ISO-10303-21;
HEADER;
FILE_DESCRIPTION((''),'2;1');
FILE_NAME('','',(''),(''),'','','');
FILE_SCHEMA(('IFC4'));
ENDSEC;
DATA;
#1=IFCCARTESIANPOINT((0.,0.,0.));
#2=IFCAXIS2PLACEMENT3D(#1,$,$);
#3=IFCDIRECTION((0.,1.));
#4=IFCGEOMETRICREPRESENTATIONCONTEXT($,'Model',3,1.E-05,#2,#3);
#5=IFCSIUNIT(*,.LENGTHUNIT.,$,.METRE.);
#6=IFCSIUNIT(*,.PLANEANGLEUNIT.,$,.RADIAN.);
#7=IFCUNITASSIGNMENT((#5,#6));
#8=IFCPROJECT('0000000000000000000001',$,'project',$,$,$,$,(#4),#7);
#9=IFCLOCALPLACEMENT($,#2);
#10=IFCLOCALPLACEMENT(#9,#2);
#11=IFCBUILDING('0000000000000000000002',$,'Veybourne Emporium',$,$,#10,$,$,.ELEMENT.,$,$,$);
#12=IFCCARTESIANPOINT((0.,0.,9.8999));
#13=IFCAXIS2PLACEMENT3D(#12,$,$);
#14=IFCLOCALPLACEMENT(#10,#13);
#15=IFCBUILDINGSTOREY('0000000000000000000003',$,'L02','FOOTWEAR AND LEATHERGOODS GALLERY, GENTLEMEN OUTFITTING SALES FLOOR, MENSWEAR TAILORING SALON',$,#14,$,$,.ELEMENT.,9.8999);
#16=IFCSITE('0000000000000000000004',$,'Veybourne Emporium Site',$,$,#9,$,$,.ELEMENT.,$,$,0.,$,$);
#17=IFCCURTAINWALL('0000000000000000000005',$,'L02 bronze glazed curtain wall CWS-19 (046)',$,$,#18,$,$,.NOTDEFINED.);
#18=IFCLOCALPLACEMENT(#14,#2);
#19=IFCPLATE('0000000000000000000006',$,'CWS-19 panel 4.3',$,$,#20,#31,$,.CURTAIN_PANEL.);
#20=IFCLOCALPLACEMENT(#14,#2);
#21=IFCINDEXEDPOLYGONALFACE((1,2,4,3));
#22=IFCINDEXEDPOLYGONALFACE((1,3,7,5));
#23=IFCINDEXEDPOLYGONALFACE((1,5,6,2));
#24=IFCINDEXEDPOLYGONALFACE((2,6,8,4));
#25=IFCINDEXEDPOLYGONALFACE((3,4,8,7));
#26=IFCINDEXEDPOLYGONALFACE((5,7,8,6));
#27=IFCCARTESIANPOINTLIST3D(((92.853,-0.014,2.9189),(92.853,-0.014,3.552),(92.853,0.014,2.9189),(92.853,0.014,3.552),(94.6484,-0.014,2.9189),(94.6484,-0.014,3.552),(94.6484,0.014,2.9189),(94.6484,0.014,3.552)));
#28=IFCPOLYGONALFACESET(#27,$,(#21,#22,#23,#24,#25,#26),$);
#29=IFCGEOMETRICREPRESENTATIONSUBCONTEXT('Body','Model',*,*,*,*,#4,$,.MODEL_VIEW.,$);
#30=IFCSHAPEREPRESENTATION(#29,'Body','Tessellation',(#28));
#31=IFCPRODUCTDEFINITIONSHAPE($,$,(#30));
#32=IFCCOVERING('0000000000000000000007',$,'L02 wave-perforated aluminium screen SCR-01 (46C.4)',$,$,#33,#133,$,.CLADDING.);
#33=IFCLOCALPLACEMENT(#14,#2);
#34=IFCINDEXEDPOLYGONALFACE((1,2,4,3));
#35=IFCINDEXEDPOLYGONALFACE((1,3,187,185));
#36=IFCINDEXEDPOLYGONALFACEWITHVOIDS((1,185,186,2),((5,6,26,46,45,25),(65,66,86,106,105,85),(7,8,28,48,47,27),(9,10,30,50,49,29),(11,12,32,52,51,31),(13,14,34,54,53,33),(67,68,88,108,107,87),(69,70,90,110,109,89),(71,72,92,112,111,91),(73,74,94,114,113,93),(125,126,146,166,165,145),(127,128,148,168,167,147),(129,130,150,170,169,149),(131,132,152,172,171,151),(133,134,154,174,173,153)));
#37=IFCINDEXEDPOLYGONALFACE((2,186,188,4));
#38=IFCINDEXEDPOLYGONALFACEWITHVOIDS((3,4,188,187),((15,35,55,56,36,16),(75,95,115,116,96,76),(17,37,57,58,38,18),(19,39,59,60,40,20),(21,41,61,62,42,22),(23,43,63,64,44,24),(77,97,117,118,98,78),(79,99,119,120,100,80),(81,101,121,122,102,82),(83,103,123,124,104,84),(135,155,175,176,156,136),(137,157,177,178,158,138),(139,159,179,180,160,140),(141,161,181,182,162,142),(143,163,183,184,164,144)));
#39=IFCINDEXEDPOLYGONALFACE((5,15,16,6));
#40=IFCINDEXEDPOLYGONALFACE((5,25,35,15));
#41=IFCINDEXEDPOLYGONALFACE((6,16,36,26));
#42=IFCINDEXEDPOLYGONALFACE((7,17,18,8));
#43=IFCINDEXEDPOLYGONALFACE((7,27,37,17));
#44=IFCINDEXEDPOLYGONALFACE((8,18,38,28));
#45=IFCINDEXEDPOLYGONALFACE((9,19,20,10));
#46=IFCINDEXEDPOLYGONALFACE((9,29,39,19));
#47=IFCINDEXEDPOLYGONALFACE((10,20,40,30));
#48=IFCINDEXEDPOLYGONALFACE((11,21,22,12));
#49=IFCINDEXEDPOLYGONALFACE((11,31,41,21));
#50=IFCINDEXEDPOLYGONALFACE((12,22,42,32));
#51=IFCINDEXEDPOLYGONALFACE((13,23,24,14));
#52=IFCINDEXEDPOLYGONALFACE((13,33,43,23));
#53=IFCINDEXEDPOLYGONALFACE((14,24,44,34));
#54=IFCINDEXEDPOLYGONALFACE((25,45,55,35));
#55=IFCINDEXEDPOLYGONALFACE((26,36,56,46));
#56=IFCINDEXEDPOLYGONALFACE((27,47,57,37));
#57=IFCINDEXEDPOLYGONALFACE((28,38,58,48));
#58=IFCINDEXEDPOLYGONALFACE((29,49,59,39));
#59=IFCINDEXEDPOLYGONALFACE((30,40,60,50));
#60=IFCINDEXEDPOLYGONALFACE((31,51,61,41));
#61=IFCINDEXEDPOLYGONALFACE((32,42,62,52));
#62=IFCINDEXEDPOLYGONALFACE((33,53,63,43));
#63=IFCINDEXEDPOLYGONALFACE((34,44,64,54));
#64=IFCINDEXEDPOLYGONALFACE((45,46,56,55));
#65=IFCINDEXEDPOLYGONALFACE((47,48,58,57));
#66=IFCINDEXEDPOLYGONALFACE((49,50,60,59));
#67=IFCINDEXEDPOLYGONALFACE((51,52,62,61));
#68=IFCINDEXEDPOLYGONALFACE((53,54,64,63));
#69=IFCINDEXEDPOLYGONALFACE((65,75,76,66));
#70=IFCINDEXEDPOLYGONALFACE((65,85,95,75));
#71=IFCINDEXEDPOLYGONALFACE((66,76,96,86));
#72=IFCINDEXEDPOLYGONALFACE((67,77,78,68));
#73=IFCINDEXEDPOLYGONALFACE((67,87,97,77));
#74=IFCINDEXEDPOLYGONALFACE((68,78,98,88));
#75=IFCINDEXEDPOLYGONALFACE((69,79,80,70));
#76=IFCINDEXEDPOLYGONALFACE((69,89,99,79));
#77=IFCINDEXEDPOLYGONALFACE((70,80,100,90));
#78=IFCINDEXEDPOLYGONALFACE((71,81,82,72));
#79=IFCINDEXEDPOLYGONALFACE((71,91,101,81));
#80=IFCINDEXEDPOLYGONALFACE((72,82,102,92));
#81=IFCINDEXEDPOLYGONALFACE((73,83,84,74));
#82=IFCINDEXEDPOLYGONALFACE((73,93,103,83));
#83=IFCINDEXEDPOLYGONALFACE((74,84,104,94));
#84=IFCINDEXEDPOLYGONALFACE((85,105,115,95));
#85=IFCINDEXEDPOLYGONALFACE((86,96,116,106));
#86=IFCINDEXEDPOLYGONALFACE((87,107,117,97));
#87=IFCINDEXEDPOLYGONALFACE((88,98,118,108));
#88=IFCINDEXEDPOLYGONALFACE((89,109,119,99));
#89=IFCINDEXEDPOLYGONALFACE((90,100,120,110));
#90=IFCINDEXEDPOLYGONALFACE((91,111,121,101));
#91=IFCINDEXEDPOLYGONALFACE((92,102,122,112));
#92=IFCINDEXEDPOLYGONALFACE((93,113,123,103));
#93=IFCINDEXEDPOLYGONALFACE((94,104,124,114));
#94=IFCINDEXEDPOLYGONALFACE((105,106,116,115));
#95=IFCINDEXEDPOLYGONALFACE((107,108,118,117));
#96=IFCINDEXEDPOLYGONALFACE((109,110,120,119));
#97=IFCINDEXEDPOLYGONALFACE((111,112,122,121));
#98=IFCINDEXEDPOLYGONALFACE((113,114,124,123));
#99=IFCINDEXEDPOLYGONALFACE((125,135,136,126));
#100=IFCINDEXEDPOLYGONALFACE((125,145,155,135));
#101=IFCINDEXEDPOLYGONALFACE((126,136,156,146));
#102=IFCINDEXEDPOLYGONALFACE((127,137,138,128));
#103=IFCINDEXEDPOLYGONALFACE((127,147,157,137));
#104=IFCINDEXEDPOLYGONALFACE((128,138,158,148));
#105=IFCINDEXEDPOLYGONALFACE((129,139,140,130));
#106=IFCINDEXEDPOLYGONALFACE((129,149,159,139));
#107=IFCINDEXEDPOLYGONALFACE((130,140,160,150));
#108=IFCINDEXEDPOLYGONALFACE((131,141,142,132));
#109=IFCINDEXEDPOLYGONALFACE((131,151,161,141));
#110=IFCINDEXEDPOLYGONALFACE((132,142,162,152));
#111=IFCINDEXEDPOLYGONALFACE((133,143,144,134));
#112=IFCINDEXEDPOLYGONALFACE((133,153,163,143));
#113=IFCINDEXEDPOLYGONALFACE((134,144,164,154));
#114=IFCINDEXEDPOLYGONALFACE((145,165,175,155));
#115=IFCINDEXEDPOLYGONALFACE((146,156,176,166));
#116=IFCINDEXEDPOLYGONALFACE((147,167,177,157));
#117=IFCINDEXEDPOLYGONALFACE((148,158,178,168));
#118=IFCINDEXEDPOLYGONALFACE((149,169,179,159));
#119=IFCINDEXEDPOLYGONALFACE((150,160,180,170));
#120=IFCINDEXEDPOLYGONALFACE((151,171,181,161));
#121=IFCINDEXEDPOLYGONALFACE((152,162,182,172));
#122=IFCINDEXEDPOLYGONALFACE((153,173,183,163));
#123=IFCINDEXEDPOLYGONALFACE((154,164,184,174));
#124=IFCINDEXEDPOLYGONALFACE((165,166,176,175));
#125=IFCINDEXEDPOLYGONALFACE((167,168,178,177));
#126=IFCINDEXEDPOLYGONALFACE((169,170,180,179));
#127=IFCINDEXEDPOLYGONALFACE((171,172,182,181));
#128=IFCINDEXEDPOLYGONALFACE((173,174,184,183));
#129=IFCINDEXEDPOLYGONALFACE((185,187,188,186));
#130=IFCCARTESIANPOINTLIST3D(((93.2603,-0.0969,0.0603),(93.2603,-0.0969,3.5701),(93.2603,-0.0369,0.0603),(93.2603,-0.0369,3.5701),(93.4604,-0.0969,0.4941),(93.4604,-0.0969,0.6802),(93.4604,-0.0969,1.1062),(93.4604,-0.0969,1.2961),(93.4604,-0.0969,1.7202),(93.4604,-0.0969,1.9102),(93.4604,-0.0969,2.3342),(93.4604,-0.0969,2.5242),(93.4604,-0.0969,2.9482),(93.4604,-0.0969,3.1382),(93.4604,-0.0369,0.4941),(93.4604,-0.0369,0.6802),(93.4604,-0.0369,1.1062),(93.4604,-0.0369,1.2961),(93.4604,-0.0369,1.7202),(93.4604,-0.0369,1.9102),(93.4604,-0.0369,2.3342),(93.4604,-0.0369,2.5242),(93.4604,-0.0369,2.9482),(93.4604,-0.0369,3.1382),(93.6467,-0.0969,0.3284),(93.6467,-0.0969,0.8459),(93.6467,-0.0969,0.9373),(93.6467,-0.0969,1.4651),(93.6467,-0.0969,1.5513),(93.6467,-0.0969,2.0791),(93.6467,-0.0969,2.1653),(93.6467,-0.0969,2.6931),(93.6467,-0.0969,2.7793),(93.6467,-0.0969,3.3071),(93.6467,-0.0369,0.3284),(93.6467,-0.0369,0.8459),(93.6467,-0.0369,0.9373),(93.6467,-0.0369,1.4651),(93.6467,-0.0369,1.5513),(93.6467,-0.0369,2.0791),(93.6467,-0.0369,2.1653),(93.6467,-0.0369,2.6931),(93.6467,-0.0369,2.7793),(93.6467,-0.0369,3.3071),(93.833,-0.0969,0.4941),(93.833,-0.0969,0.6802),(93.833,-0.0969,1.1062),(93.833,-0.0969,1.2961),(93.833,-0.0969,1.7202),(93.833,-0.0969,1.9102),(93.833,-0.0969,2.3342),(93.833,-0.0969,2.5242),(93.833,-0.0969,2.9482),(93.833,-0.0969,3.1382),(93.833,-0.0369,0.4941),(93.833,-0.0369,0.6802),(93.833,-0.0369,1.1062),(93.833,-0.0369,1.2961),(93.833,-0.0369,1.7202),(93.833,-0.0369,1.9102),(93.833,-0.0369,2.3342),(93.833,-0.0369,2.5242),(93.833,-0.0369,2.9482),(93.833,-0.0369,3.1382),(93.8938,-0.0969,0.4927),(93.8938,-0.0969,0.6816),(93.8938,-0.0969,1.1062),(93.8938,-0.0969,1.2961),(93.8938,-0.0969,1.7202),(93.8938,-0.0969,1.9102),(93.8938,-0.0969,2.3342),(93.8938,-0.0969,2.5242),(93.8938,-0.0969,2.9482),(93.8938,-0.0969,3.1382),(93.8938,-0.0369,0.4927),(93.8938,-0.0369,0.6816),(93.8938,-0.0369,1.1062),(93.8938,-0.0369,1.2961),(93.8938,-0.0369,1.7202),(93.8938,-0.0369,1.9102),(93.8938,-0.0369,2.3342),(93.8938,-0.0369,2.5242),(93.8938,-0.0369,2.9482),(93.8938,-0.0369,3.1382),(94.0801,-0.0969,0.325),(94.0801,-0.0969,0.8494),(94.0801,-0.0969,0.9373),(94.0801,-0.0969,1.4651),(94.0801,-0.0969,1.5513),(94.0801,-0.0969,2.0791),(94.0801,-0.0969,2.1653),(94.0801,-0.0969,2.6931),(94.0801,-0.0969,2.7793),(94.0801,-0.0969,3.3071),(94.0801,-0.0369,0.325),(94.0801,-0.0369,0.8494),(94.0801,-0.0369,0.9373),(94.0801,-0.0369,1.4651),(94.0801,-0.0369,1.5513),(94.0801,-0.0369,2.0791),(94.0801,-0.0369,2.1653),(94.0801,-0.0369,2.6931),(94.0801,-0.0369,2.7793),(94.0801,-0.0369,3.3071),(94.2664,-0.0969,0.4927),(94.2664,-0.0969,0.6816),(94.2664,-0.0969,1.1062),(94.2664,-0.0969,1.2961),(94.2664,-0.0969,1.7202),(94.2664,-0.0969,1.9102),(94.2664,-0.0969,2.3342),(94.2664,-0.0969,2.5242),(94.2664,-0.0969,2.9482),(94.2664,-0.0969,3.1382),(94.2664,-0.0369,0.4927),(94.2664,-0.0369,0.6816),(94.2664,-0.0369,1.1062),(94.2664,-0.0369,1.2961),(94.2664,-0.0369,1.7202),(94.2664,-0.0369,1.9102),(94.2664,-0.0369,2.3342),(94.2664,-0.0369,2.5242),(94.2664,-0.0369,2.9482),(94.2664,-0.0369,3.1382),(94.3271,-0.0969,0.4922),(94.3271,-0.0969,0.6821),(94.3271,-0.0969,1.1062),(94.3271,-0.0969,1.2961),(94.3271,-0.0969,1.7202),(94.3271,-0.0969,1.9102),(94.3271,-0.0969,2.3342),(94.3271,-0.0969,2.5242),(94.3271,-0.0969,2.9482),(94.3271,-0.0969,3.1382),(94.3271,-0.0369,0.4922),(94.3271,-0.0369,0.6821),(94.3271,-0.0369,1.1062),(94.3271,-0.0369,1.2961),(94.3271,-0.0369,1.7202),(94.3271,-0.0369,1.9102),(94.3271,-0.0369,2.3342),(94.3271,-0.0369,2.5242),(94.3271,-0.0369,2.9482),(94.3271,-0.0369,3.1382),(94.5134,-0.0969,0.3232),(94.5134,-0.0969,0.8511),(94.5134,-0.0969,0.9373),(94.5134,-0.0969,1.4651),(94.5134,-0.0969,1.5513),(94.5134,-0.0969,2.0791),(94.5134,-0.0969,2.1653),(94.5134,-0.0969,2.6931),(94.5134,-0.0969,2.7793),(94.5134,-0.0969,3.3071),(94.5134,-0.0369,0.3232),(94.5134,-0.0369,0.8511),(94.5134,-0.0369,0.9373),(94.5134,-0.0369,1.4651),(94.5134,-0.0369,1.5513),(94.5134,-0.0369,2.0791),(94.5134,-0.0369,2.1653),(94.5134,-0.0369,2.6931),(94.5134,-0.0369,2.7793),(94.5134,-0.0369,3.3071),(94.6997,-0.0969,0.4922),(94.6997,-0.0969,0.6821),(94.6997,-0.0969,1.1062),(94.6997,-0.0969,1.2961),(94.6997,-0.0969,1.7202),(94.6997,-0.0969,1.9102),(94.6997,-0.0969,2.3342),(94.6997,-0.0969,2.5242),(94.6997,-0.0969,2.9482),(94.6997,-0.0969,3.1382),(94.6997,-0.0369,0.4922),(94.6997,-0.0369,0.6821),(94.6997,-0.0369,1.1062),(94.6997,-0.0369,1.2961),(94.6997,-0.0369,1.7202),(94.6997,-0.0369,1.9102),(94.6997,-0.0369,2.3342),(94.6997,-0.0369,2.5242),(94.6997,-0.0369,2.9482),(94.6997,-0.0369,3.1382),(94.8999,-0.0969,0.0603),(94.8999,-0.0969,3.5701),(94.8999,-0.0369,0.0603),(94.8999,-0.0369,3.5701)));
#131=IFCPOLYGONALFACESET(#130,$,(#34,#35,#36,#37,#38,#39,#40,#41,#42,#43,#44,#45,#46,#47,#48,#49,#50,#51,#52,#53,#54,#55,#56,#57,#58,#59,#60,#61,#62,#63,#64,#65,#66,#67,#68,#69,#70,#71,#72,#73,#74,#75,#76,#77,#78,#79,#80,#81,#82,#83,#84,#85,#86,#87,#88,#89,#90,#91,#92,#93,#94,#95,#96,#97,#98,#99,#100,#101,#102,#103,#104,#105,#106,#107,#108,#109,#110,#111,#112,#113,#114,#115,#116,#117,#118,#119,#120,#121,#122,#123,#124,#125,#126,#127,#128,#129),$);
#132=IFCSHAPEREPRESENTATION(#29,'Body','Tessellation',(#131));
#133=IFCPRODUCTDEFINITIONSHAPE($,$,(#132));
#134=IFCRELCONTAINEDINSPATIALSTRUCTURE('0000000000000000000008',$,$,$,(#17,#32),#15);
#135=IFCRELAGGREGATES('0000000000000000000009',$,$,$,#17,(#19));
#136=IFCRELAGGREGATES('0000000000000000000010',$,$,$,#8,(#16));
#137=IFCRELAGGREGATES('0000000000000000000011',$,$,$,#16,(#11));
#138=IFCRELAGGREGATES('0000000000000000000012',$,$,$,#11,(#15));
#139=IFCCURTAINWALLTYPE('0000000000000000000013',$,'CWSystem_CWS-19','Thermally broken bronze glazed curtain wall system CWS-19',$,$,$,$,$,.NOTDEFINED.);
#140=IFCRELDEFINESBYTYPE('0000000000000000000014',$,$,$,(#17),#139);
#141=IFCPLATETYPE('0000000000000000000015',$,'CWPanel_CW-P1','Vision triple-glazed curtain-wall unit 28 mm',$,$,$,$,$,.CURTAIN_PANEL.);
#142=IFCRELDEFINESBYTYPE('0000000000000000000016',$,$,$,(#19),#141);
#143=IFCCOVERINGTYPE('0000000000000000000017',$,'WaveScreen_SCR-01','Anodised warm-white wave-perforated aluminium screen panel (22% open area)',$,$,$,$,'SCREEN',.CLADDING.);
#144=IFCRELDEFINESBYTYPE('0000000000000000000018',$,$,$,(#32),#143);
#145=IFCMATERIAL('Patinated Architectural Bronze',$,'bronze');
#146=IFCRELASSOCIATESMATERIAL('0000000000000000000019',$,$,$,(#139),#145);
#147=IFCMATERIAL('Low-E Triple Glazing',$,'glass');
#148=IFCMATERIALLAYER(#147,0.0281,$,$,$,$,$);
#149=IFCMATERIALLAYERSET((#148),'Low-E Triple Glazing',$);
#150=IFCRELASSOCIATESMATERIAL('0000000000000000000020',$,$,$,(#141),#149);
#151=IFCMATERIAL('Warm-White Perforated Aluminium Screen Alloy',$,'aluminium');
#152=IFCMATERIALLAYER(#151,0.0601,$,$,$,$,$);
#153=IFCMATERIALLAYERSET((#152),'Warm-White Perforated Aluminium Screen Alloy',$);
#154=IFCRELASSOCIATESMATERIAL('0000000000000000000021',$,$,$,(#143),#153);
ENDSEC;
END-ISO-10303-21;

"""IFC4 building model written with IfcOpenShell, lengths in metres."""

from ifc_helpers import new_model, si_unit, direction, frame, origin, origin_2d, place, context, subcontext, project, spatial, polyline, rectangle, outline, extrude, material, layer, layer_set, type_object, element, aggregate, save


model = new_model("IFC4")

# Units and contexts
model_context = context("Model", 3, precision=1e-05, world=origin(), true_north=direction((0.0, 1.0)))
body_context = subcontext(model_context, "Body", "Model", "MODEL_VIEW")
ifc_project = project(units=[si_unit("LENGTHUNIT", "METRE"), si_unit("PLANEANGLEUNIT", "RADIAN")], contexts=[model_context])

# Site, building, storey
site_placement = place(None, origin())
site = spatial("IfcSite", under=ifc_project, at=site_placement, Name="Veybourne Emporium Site", CompositionType="ELEMENT", RefElevation=0.0)
building_placement = place(site_placement, origin())
building = spatial("IfcBuilding", under=site, at=building_placement, Name="Veybourne Emporium", CompositionType="ELEMENT")
storey_placement = place(building_placement, frame((0.0, 0.0, 9.8999)))
storey = spatial("IfcBuildingStorey", under=building, at=storey_placement, Name="L02", Description="FOOTWEAR AND LEATHERGOODS GALLERY, GENTLEMEN OUTFITTING SALES FLOOR, MENSWEAR TAILORING SALON", CompositionType="ELEMENT", Elevation=9.8999)

# Curtain wall, plate
ifc_material_1 = material(Name="Patinated Architectural Bronze", Category="bronze")
curtain_wall_type = type_object("IfcCurtainWallType", Name="CWSystem_CWS-19", Description="Thermally broken bronze glazed curtain wall system CWS-19", PredefinedType="NOTDEFINED", material=ifc_material_1)
curtain_wall_placement = place(storey_placement, origin())
curtain_wall = element("IfcCurtainWall", 1, at=curtain_wall_placement, inside=storey, type_object=curtain_wall_type, Name="L02 bronze glazed curtain wall CWS-19 (046)", PredefinedType="NOTDEFINED")
ifc_material_2 = material(Name="Low-E Triple Glazing", Category="glass")
ifc_layer_1 = layer(ifc_material_2, 0.0281)
ifc_layer_set_1 = layer_set([ifc_layer_1], Name="Low-E Triple Glazing")
plate_type = type_object("IfcPlateType", Name="CWPanel_CW-P1", Description="Vision triple-glazed curtain-wall unit 28 mm", PredefinedType="CURTAIN_PANEL", material=ifc_layer_set_1)
plate_1_placement = place(storey_placement, frame((93.7507, 0.0, 2.9189), z_axis=(0.0, 0.0, 1.0), x_axis=(-1.0, 0.0, 0.0)))
plate_1 = element("IfcPlate", 2, at=plate_1_placement, type_object=plate_type, Name="CWS-19 panel 4.3", PredefinedType="CURTAIN_PANEL", context=body_context, shape_type="SweptSolid", body=[
    extrude(rectangle(XDim=1.7954, YDim=0.0281, at=origin_2d()), origin(), (0.0, 0.0, 1.0), 0.6331),
])
aggregate(curtain_wall, [plate_1])

# Covering
ifc_material_3 = material(Name="Warm-White Perforated Aluminium Screen Alloy", Category="aluminium")
ifc_layer_2 = layer(ifc_material_3, 0.0601)
ifc_layer_set_2 = layer_set([ifc_layer_2], Name="Warm-White Perforated Aluminium Screen Alloy")
covering_type_1 = type_object("IfcCoveringType", Name="WaveScreen_SCR-01", Description="Anodised warm-white wave-perforated aluminium screen panel (22% open area)", ElementType="SCREEN", PredefinedType="CLADDING", material=ifc_layer_set_2)
covering_1_placement = place(storey_placement, frame((94.0801, -0.0969, 1.8152), z_axis=(0.0, 1.0, 0.0), x_axis=(-1.0, 0.0, 0.0)))
element("IfcCovering", 3, at=covering_1_placement, inside=storey, type_object=covering_type_1, Name="L02 wave-perforated aluminium screen SCR-01 (46C.4)", PredefinedType="CLADDING", context=body_context, shape_type="SweptSolid", body=[
    extrude(outline(polyline([(-0.8198, -1.7549), (0.8198, -1.7549), (0.8198, 1.7549), (-0.8198, 1.7549), (-0.8198, -1.7549)]), holes=[polyline([(-0.4333, -0.9641), (-0.2471, -1.1331), (-0.2471, -1.323), (-0.4333, -1.4919), (-0.6196, -1.323), (-0.6196, -1.1331), (-0.4333, -0.9641)]), polyline([(-0.4333, -0.3501), (-0.2471, -0.519), (-0.2471, -0.709), (-0.4333, -0.8779), (-0.6196, -0.709), (-0.6196, -0.519), (-0.4333, -0.3501)]), polyline([(-0.4333, 0.2639), (-0.2471, 0.095), (-0.2471, -0.095), (-0.4333, -0.2639), (-0.6196, -0.095), (-0.6196, 0.095), (-0.4333, 0.2639)]), polyline([(-0.4333, 0.8779), (-0.2471, 0.709), (-0.2471, 0.519), (-0.4333, 0.3501), (-0.6196, 0.519), (-0.6196, 0.709), (-0.4333, 0.8779)]), polyline([(-0.4333, 1.4919), (-0.2471, 1.323), (-0.2471, 1.1331), (-0.4333, 0.9641), (-0.6196, 1.1331), (-0.6196, 1.323), (-0.4333, 1.4919)]), polyline([(0.0, -0.9658), (0.1863, -1.1335), (0.1863, -1.3225), (0.0, -1.4902), (-0.1863, -1.3225), (-0.1863, -1.1335), (0.0, -0.9658)]), polyline([(0.0, -0.3501), (0.1863, -0.519), (0.1863, -0.709), (0.0, -0.8779), (-0.1863, -0.709), (-0.1863, -0.519), (0.0, -0.3501)]), polyline([(0.0, 0.2639), (0.1863, 0.095), (0.1863, -0.095), (0.0, -0.2639), (-0.1863, -0.095), (-0.1863, 0.095), (0.0, 0.2639)]), polyline([(0.0, 0.8779), (0.1863, 0.709), (0.1863, 0.519), (0.0, 0.3501), (-0.1863, 0.519), (-0.1863, 0.709), (0.0, 0.8779)]), polyline([(0.0, 1.4919), (0.1863, 1.323), (0.1863, 1.1331), (0.0, 0.9641), (-0.1863, 1.1331), (-0.1863, 1.323), (0.0, 1.4919)]), polyline([(0.4333, -0.9692), (0.6196, -1.135), (0.6196, -1.321), (0.4333, -1.4868), (0.2471, -1.321), (0.2471, -1.135), (0.4333, -0.9692)]), polyline([(0.4333, -0.3501), (0.6196, -0.519), (0.6196, -0.709), (0.4333, -0.8779), (0.2471, -0.709), (0.2471, -0.519), (0.4333, -0.3501)]), polyline([(0.4333, 0.2639), (0.6196, 0.095), (0.6196, -0.095), (0.4333, -0.2639), (0.2471, -0.095), (0.2471, 0.095), (0.4333, 0.2639)]), polyline([(0.4333, 0.8779), (0.6196, 0.709), (0.6196, 0.519), (0.4333, 0.3501), (0.2471, 0.519), (0.2471, 0.709), (0.4333, 0.8779)]), polyline([(0.4333, 1.4919), (0.6196, 1.323), (0.6196, 1.1331), (0.4333, 0.9641), (0.2471, 1.1331), (0.2471, 1.323), (0.4333, 1.4919)])]), origin(), (0.0, 0.0, 1.0), 0.0601),
])

save(model, "model.ifc")
